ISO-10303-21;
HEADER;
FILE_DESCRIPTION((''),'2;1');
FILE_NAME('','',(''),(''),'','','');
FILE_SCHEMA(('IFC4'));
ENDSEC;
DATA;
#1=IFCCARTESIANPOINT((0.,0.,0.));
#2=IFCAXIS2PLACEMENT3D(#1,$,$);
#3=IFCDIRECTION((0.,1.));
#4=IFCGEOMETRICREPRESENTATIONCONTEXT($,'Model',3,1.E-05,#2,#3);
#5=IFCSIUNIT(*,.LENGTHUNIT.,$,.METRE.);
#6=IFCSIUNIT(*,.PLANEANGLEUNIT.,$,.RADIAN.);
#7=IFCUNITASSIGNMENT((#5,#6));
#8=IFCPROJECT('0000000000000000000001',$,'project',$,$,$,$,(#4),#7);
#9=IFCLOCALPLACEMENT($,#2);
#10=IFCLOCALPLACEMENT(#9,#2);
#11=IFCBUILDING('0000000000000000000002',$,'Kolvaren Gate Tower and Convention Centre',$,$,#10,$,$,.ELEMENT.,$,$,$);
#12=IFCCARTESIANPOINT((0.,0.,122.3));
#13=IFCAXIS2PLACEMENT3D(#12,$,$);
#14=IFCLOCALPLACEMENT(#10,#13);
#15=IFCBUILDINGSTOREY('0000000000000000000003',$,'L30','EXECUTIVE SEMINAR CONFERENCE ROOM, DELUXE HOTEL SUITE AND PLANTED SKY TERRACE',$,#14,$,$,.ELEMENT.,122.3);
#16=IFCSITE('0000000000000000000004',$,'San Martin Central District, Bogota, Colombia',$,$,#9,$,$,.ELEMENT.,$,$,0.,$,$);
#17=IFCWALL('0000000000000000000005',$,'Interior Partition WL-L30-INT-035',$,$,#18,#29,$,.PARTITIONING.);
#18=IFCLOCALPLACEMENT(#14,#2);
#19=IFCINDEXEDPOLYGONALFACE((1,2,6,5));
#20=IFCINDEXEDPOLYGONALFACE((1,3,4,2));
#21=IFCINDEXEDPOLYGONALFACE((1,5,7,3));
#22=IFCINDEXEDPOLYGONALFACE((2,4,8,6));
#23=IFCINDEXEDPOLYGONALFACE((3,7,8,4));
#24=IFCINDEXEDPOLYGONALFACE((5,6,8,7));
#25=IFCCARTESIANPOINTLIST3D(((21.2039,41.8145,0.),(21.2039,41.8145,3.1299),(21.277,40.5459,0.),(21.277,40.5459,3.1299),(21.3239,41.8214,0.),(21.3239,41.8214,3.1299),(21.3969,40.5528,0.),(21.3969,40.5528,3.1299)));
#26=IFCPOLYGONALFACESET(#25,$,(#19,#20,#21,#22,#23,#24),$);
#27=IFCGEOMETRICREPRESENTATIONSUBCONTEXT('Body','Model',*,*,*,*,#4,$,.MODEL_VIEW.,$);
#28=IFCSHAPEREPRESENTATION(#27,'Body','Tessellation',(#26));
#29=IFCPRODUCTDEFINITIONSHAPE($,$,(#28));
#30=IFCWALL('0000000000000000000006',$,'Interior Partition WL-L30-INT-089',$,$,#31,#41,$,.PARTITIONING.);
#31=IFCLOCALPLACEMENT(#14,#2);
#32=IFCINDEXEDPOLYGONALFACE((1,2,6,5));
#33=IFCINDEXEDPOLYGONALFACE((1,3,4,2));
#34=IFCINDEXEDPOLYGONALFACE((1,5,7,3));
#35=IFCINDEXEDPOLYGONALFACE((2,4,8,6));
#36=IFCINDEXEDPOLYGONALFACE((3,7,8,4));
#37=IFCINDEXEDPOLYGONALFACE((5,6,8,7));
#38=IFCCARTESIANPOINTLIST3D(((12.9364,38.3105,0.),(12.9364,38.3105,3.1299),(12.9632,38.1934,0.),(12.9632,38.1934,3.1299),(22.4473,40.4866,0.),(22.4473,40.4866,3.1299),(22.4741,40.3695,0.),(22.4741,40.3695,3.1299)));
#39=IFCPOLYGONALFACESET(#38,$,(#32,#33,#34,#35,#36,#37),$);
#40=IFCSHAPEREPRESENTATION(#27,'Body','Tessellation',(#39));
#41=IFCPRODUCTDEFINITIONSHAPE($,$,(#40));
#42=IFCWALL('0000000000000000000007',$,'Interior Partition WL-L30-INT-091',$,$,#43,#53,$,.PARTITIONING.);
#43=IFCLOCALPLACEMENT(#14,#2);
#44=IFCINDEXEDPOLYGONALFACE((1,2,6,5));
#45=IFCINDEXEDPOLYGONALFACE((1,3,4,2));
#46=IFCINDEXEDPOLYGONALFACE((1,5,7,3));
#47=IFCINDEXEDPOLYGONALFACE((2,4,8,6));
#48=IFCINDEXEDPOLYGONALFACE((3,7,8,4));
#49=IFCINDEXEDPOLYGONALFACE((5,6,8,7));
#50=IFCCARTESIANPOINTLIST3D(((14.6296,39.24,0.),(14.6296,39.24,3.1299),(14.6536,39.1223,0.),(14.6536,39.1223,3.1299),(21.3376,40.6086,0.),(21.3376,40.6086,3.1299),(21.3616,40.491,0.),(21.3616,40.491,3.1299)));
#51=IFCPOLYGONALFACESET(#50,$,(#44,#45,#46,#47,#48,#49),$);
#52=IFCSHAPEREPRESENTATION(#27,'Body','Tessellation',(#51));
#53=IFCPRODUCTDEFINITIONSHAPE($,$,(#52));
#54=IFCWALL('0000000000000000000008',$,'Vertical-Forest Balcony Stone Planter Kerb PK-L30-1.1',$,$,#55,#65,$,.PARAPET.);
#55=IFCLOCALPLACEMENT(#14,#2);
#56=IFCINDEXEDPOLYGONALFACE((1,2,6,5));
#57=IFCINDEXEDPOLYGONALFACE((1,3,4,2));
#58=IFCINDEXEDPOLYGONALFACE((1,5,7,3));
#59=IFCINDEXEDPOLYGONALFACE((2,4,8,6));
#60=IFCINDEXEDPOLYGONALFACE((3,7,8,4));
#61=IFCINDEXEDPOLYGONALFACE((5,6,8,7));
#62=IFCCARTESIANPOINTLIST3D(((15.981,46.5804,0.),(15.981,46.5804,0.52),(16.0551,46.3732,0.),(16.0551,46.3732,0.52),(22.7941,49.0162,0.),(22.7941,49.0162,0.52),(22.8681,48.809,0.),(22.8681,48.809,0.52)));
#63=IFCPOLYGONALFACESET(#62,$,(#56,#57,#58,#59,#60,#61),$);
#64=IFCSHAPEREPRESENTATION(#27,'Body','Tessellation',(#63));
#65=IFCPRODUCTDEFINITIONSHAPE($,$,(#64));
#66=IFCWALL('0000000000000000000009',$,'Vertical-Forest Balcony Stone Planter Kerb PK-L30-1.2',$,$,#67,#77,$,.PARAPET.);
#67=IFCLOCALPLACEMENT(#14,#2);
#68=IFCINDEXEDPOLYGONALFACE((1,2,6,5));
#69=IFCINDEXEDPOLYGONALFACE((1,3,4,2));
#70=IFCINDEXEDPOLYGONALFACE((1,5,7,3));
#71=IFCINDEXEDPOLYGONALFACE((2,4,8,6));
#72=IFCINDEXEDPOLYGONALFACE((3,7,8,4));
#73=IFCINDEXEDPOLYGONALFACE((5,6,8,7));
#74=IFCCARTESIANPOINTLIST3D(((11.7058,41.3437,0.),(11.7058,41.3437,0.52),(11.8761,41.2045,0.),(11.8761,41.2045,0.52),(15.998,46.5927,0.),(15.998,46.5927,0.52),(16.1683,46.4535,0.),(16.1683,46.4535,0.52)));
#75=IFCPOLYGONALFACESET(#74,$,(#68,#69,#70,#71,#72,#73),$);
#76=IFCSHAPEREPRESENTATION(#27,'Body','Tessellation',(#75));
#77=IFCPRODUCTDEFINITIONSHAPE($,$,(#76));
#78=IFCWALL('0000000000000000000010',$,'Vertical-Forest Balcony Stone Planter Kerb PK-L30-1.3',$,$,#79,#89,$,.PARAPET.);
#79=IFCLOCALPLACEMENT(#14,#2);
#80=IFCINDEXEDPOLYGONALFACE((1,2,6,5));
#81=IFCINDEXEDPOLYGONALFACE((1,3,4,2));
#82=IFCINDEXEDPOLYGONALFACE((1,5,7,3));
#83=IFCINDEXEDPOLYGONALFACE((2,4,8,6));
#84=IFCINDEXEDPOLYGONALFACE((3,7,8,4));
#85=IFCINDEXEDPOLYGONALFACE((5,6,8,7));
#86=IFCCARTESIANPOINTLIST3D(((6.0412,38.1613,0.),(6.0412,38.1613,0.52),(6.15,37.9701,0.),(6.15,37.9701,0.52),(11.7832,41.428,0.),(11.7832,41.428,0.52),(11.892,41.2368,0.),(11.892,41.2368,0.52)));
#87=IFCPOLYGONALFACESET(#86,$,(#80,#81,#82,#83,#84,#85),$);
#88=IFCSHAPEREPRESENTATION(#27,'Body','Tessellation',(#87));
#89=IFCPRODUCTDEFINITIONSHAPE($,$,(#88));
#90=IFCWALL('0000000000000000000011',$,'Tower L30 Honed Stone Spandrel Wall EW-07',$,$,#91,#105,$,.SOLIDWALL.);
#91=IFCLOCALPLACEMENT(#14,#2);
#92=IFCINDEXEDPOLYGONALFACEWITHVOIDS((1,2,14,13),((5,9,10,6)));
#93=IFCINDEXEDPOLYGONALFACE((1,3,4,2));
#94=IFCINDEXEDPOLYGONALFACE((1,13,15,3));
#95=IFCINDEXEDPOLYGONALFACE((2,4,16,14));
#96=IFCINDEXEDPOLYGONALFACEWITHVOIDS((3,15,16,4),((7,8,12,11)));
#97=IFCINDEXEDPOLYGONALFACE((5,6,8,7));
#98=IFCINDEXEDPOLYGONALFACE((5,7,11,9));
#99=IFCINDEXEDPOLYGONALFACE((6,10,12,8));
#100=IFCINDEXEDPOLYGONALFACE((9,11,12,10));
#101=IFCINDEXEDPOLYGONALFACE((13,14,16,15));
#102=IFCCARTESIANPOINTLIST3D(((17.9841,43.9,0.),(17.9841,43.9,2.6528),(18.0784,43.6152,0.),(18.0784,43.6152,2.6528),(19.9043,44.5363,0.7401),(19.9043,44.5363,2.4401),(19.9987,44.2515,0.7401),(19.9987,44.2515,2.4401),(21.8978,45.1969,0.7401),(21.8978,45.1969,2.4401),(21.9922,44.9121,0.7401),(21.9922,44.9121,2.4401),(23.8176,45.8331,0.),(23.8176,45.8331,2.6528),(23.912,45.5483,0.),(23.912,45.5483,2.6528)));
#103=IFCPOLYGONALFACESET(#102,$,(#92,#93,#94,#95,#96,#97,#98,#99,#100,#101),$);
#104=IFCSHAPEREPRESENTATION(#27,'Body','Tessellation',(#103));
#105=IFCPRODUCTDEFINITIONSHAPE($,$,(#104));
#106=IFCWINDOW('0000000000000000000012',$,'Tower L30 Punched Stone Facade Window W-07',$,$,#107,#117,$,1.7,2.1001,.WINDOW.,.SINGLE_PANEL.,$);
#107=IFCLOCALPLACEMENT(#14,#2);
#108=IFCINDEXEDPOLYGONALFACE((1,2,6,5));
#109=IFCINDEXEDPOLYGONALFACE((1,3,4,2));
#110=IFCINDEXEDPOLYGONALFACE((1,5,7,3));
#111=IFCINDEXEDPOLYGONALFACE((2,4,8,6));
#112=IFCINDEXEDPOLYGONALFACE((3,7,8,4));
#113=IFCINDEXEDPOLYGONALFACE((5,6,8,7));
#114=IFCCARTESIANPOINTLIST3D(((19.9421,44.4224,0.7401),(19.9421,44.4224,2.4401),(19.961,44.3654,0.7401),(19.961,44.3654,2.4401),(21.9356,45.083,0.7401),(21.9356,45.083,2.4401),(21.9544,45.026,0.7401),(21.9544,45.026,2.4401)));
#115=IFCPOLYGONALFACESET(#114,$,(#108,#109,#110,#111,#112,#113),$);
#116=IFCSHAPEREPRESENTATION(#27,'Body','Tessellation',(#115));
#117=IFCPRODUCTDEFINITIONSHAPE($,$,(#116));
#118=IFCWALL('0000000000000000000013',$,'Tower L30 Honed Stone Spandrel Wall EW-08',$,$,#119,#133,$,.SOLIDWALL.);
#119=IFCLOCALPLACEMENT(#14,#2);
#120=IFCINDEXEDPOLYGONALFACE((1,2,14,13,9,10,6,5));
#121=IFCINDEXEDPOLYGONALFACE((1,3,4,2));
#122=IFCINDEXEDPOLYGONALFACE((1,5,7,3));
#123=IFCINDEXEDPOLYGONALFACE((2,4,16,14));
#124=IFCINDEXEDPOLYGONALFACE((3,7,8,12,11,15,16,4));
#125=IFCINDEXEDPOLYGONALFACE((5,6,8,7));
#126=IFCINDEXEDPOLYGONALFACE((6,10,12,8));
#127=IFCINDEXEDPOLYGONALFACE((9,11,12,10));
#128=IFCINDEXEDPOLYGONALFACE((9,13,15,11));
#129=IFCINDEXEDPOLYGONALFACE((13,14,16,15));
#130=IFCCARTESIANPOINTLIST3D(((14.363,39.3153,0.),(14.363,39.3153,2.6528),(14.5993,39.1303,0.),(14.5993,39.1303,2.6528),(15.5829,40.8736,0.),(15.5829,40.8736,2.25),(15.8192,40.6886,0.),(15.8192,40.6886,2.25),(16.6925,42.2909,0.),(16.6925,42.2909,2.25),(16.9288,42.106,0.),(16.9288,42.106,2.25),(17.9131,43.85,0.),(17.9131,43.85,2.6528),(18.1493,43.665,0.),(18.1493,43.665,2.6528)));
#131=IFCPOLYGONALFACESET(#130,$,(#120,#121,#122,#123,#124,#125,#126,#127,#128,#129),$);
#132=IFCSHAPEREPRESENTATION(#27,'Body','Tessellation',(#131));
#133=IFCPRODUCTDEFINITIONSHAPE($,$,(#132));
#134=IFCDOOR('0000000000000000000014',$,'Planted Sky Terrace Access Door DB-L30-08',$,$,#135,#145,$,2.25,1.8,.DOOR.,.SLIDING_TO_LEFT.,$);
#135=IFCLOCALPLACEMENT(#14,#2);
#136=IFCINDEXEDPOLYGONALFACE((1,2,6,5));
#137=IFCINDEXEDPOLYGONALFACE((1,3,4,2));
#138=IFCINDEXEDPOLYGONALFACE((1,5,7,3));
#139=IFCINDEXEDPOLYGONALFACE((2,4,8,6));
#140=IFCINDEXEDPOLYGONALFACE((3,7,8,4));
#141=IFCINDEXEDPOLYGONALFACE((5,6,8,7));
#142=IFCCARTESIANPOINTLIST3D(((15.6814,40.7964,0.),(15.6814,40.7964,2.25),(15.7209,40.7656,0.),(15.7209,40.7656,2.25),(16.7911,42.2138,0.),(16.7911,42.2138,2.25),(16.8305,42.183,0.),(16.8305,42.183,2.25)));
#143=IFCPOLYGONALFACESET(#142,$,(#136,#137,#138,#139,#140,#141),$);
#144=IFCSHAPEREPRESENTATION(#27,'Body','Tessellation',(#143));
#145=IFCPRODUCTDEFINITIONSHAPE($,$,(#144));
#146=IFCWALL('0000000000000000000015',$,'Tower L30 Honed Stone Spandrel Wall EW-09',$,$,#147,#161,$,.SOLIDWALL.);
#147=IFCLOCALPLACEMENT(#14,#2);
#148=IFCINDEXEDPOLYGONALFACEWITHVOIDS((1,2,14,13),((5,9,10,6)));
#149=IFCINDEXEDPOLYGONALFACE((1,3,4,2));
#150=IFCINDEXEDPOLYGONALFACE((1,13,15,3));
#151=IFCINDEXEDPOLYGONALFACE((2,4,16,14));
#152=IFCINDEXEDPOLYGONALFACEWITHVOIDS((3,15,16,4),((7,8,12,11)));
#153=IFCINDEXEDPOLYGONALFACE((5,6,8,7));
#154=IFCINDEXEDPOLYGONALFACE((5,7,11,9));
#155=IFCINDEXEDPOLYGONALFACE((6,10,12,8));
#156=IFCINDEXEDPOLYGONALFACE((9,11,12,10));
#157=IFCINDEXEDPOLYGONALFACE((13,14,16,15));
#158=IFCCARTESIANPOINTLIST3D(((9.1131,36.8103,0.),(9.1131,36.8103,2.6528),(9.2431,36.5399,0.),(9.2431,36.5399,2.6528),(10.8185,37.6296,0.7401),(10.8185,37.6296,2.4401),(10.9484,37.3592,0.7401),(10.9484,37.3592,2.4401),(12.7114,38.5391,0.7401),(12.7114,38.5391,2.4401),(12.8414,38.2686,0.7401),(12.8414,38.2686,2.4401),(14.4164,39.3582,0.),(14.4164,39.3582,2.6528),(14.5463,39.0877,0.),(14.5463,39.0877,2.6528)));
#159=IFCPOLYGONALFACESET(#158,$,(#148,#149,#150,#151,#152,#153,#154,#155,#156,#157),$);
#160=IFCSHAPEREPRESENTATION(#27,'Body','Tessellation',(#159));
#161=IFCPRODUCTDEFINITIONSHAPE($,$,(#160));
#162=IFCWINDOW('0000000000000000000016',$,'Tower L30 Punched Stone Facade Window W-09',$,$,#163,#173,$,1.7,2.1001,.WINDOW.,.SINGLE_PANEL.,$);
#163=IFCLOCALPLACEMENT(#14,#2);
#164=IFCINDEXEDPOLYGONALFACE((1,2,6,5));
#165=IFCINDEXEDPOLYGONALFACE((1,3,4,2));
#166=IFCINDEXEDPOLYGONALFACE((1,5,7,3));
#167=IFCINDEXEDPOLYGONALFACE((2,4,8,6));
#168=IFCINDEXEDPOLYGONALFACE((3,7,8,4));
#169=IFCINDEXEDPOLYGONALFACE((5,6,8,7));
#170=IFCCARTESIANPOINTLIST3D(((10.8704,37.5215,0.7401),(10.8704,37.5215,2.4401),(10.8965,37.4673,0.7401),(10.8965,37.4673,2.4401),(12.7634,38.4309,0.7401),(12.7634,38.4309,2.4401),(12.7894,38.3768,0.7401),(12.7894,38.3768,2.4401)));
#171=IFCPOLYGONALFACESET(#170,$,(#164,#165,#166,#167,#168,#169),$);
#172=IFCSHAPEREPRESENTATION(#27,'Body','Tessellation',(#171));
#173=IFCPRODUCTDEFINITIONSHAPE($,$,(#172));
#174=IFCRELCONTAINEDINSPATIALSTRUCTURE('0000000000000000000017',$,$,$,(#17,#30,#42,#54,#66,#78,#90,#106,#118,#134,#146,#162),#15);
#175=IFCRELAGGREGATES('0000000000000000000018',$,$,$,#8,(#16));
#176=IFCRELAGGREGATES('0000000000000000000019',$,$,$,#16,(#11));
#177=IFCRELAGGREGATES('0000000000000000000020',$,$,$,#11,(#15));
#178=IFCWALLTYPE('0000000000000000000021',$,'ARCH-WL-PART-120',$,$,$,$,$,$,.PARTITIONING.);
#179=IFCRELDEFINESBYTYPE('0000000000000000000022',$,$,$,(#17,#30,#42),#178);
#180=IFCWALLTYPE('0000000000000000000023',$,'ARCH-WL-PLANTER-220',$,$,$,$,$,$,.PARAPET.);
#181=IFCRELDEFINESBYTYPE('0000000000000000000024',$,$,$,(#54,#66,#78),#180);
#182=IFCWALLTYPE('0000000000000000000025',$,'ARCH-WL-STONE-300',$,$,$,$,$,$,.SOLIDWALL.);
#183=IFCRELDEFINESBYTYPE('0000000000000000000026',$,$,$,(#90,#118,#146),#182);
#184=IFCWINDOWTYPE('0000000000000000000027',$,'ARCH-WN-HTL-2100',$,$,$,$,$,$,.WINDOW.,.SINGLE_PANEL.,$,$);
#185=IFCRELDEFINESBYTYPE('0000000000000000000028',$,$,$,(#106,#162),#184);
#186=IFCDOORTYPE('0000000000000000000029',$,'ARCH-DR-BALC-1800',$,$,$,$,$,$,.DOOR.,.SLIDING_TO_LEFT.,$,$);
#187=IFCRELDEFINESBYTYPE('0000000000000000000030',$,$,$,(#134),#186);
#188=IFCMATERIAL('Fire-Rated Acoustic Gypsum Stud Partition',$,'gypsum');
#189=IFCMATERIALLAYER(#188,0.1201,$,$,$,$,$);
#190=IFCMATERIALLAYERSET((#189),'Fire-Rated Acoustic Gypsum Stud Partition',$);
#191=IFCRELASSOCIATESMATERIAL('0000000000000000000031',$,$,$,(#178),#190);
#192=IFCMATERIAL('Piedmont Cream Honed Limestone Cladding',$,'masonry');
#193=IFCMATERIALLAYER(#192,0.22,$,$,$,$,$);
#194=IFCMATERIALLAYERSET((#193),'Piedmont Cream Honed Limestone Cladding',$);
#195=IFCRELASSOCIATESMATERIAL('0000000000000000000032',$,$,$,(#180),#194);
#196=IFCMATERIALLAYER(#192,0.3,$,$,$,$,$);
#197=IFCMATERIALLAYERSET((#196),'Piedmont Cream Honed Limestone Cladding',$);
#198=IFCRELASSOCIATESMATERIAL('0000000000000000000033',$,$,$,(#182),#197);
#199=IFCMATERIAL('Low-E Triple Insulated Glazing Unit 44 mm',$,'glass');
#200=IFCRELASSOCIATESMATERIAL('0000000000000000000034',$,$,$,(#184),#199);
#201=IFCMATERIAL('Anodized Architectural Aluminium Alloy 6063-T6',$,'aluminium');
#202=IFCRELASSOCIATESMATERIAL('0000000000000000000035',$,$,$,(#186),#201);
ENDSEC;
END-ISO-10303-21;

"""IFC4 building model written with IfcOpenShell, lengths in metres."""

from ifc_helpers import new_model, si_unit, direction, frame, frame_2d, origin, place, context, subcontext, project, spatial, rectangle, extrude, material, layer, layer_set, type_object, element, fill, save


model = new_model("IFC4")

# Units and contexts
model_context = context("Model", 3, precision=1e-05, world=origin(), true_north=direction((0.0, 1.0)))
body_context = subcontext(model_context, "Body", "Model", "MODEL_VIEW")
ifc_project = project(units=[si_unit("LENGTHUNIT", "METRE"), si_unit("PLANEANGLEUNIT", "RADIAN")], contexts=[model_context])

# Site, building, storey
site_placement = place(None, origin())
site = spatial("IfcSite", under=ifc_project, at=site_placement, Name="San Martin Central District, Bogota, Colombia", CompositionType="ELEMENT", RefElevation=0.0)
building_placement = place(site_placement, origin())
building = spatial("IfcBuilding", under=site, at=building_placement, Name="Kolvaren Gate Tower and Convention Centre", CompositionType="ELEMENT")
storey_placement = place(building_placement, frame((0.0, 0.0, 122.3)))
storey = spatial("IfcBuildingStorey", under=building, at=storey_placement, Name="L30", Description="EXECUTIVE SEMINAR CONFERENCE ROOM, DELUXE HOTEL SUITE AND PLANTED SKY TERRACE", CompositionType="ELEMENT", Elevation=122.3)

# Walls
ifc_material_1 = material(Name="Fire-Rated Acoustic Gypsum Stud Partition", Category="gypsum")
ifc_layer_1 = layer(ifc_material_1, 0.1201)
ifc_layer_set_1 = layer_set([ifc_layer_1], Name="Fire-Rated Acoustic Gypsum Stud Partition")
wall_type_1 = type_object("IfcWallType", Name="ARCH-WL-PART-120", PredefinedType="PARTITIONING", material=ifc_layer_set_1)
wall_1_placement = place(storey_placement, frame((21.2639, 41.8179, 0.0), z_axis=(0.0, 0.0, 1.0), x_axis=(0.057449, -0.998348, 0.0)))
element("IfcWall", 1, at=wall_1_placement, inside=storey, type_object=wall_type_1, Name="Interior Partition WL-L30-INT-035", PredefinedType="PARTITIONING", context=body_context, shape_type="SweptSolid", body=[
    extrude(rectangle(XDim=1.2708, YDim=0.1201, at=frame_2d((0.6353, 0.0))), origin(), (0.0, 0.0, 1.0), 3.1299),
])
wall_2_placement = place(storey_placement, frame((12.9497, 38.252, 0.0), z_axis=(0.0, 0.0, 1.0), x_axis=(0.974811, 0.223033, 0.0)))
element("IfcWall", 2, at=wall_2_placement, inside=storey, type_object=wall_type_1, Name="Interior Partition WL-L30-INT-089", PredefinedType="PARTITIONING", context=body_context, shape_type="SweptSolid", body=[
    extrude(rectangle(XDim=9.7566, YDim=0.1201, at=frame_2d((4.8784, 0.0))), origin(), (0.0, 0.0, 1.0), 3.1299),
])
wall_3_placement = place(storey_placement, frame((14.6416, 39.1812, 0.0), z_axis=(0.0, 0.0, 1.0), x_axis=(0.979813, 0.199914, 0.0)))
element("IfcWall", 3, at=wall_3_placement, inside=storey, type_object=wall_type_1, Name="Interior Partition WL-L30-INT-091", PredefinedType="PARTITIONING", context=body_context, shape_type="SweptSolid", body=[
    extrude(rectangle(XDim=6.8462, YDim=0.1201, at=frame_2d((3.4231, 0.0))), origin(), (0.0, 0.0, 1.0), 3.1299),
])
ifc_material_2 = material(Name="Piedmont Cream Honed Limestone Cladding", Category="masonry")
ifc_layer_2 = layer(ifc_material_2, 0.22)
ifc_layer_set_2 = layer_set([ifc_layer_2], Name="Piedmont Cream Honed Limestone Cladding")
wall_type_2 = type_object("IfcWallType", Name="ARCH-WL-PLANTER-220", PredefinedType="PARAPET", material=ifc_layer_set_2)
wall_4_placement = place(storey_placement, frame((16.0181, 46.4768, 0.0), z_axis=(0.0, 0.0, 1.0), x_axis=(0.941629, 0.336653, 0.0)))
element("IfcWall", 4, at=wall_4_placement, inside=storey, type_object=wall_type_2, Name="Vertical-Forest Balcony Stone Planter Kerb PK-L30-1.1", PredefinedType="PARAPET", context=body_context, shape_type="SweptSolid", body=[
    extrude(rectangle(XDim=7.2354, YDim=0.22, at=frame_2d((3.6177, 0.0))), origin(), (0.0, 0.0, 1.0), 0.52),
])
wall_5_placement = place(storey_placement, frame((11.791, 41.2742, 0.0), z_axis=(0.0, 0.0, 1.0), x_axis=(0.633024, 0.774132, 0.0)))
element("IfcWall", 5, at=wall_5_placement, inside=storey, type_object=wall_type_2, Name="Vertical-Forest Balcony Stone Planter Kerb PK-L30-1.2", PredefinedType="PARAPET", context=body_context, shape_type="SweptSolid", body=[
    extrude(rectangle(XDim=6.7805, YDim=0.22, at=frame_2d((3.3901, 0.0))), origin(), (0.0, 0.0, 1.0), 0.52),
])
wall_6_placement = place(storey_placement, frame((6.0955, 38.0657, 0.0), z_axis=(0.0, 0.0, 1.0), x_axis=(0.869188, 0.494482, 0.0)))
element("IfcWall", 6, at=wall_6_placement, inside=storey, type_object=wall_type_2, Name="Vertical-Forest Balcony Stone Planter Kerb PK-L30-1.3", PredefinedType="PARAPET", context=body_context, shape_type="SweptSolid", body=[
    extrude(rectangle(XDim=6.6062, YDim=0.22, at=frame_2d((3.3032, 0.0))), origin(), (0.0, 0.0, 1.0), 0.52),
])

# Wall, opening, window
ifc_layer_3 = layer(ifc_material_2, 0.3)
ifc_layer_set_3 = layer_set([ifc_layer_3], Name="Piedmont Cream Honed Limestone Cladding")
wall_type_3 = type_object("IfcWallType", Name="ARCH-WL-STONE-300", PredefinedType="SOLIDWALL", material=ifc_layer_set_3)
wall_7_placement = place(storey_placement, frame((18.0312, 43.7576, 0.0), z_axis=(0.0, 0.0, 1.0), x_axis=(0.949238, 0.314559, 0.0)))
wall_7 = element("IfcWall", 7, at=wall_7_placement, inside=storey, type_object=wall_type_3, Name="Tower L30 Honed Stone Spandrel Wall EW-07", PredefinedType="SOLIDWALL", context=body_context, shape_type="SweptSolid", body=[
    extrude(rectangle(XDim=6.1455, YDim=0.3, at=frame_2d((3.0728, 0.0))), origin(), (0.0, 0.0, 1.0), 2.6528),
])
opening_1_placement = place(wall_7_placement, frame((2.0229, 0.0, 0.74)))
opening_1 = element("IfcOpeningElement", 8, at=opening_1_placement, cuts=wall_7, PredefinedType="OPENING", context=body_context, shape_type="SweptSolid", body=[
    extrude(rectangle(XDim=2.1001, YDim=1.7, at=frame_2d((1.05, 0.8501))), frame((0.0, 0.1599, 0.0), z_axis=(0.0, -1.0, 0.0), x_axis=(1.0, 0.0, 0.0)), (0.0, 0.0, 1.0), 0.3201),
])
ifc_material_3 = material(Name="Low-E Triple Insulated Glazing Unit 44 mm", Category="glass")
window_type = type_object("IfcWindowType", Name="ARCH-WN-HTL-2100", PartitioningType="SINGLE_PANEL", PredefinedType="WINDOW", material=ifc_material_3)
window_1_placement = place(opening_1_placement, origin())
window_1 = element("IfcWindow", 9, at=window_1_placement, inside=storey, type_object=window_type, Name="Tower L30 Punched Stone Facade Window W-07", OverallHeight=1.7, OverallWidth=2.1001, PartitioningType="SINGLE_PANEL", PredefinedType="WINDOW", context=body_context, shape_type="SweptSolid", body=[
    extrude(rectangle(XDim=2.1001, YDim=1.7, at=frame_2d((1.05, 0.8501))), frame((0.0, 0.03, 0.0), z_axis=(0.0, -1.0, 0.0), x_axis=(1.0, 0.0, 0.0)), (0.0, 0.0, 1.0), 0.0601),
])
fill(opening_1, window_1)

# Wall, opening, door
wall_8_placement = place(storey_placement, frame((14.4812, 39.2229, 0.0), z_axis=(0.0, 0.0, 1.0), x_axis=(0.616435, 0.787406, 0.0)))
wall_8 = element("IfcWall", 10, at=wall_8_placement, inside=storey, type_object=wall_type_3, Name="Tower L30 Honed Stone Spandrel Wall EW-08", PredefinedType="SOLIDWALL", context=body_context, shape_type="SweptSolid", body=[
    extrude(rectangle(XDim=5.759, YDim=0.3, at=frame_2d((2.8794, 0.0))), origin(), (0.0, 0.0, 1.0), 2.6528),
])
opening_2_placement = place(wall_8_placement, frame((1.979, 0.0, 0.0)))
opening_2 = element("IfcOpeningElement", 11, at=opening_2_placement, cuts=wall_8, PredefinedType="OPENING", context=body_context, shape_type="SweptSolid", body=[
    extrude(rectangle(XDim=1.8, YDim=2.25, at=frame_2d((0.8999, 1.125))), frame((0.0, 0.1599, 0.0), z_axis=(0.0, -1.0, 0.0), x_axis=(1.0, 0.0, 0.0)), (0.0, 0.0, 1.0), 0.3201),
])
ifc_material_4 = material(Name="Anodized Architectural Aluminium Alloy 6063-T6", Category="aluminium")
door_type = type_object("IfcDoorType", Name="ARCH-DR-BALC-1800", OperationType="SLIDING_TO_LEFT", PredefinedType="DOOR", material=ifc_material_4)
door_placement = place(opening_2_placement, origin())
door = element("IfcDoor", 12, at=door_placement, inside=storey, type_object=door_type, Name="Planted Sky Terrace Access Door DB-L30-08", OperationType="SLIDING_TO_LEFT", OverallHeight=2.25, OverallWidth=1.8, PredefinedType="DOOR", context=body_context, shape_type="SweptSolid", body=[
    extrude(rectangle(XDim=1.8, YDim=2.25, at=frame_2d((0.8999, 1.125))), frame((0.0, 0.0249, 0.0), z_axis=(0.0, -1.0, 0.0), x_axis=(1.0, 0.0, 0.0)), (0.0, 0.0, 1.0), 0.05),
])
fill(opening_2, door)

# Wall, opening, window
wall_9_placement = place(storey_placement, frame((9.178, 36.675, 0.0), z_axis=(0.0, 0.0, 1.0), x_axis=(0.90137, 0.433049, 0.0)))
wall_9 = element("IfcWall", 13, at=wall_9_placement, inside=storey, type_object=wall_type_3, Name="Tower L30 Honed Stone Spandrel Wall EW-09", PredefinedType="SOLIDWALL", context=body_context, shape_type="SweptSolid", body=[
    extrude(rectangle(XDim=5.8835, YDim=0.3, at=frame_2d((2.9419, 0.0))), origin(), (0.0, 0.0, 1.0), 2.6528),
])
opening_3_placement = place(wall_9_placement, frame((1.8921, 0.0, 0.74)))
opening_3 = element("IfcOpeningElement", 14, at=opening_3_placement, cuts=wall_9, PredefinedType="OPENING", context=body_context, shape_type="SweptSolid", body=[
    extrude(rectangle(XDim=2.1001, YDim=1.7, at=frame_2d((1.05, 0.8501))), frame((0.0, 0.1599, 0.0), z_axis=(0.0, -1.0, 0.0), x_axis=(1.0, 0.0, 0.0)), (0.0, 0.0, 1.0), 0.3201),
])
window_2_placement = place(opening_3_placement, origin())
window_2 = element("IfcWindow", 15, at=window_2_placement, inside=storey, type_object=window_type, Name="Tower L30 Punched Stone Facade Window W-09", OverallHeight=1.7, OverallWidth=2.1001, PartitioningType="SINGLE_PANEL", PredefinedType="WINDOW", context=body_context, shape_type="SweptSolid", body=[
    extrude(rectangle(XDim=2.1001, YDim=1.7, at=frame_2d((1.05, 0.8501))), frame((0.0, 0.03, 0.0), z_axis=(0.0, -1.0, 0.0), x_axis=(1.0, 0.0, 0.0)), (0.0, 0.0, 1.0), 0.0601),
])
fill(opening_3, window_2)

save(model, "model.ifc")
